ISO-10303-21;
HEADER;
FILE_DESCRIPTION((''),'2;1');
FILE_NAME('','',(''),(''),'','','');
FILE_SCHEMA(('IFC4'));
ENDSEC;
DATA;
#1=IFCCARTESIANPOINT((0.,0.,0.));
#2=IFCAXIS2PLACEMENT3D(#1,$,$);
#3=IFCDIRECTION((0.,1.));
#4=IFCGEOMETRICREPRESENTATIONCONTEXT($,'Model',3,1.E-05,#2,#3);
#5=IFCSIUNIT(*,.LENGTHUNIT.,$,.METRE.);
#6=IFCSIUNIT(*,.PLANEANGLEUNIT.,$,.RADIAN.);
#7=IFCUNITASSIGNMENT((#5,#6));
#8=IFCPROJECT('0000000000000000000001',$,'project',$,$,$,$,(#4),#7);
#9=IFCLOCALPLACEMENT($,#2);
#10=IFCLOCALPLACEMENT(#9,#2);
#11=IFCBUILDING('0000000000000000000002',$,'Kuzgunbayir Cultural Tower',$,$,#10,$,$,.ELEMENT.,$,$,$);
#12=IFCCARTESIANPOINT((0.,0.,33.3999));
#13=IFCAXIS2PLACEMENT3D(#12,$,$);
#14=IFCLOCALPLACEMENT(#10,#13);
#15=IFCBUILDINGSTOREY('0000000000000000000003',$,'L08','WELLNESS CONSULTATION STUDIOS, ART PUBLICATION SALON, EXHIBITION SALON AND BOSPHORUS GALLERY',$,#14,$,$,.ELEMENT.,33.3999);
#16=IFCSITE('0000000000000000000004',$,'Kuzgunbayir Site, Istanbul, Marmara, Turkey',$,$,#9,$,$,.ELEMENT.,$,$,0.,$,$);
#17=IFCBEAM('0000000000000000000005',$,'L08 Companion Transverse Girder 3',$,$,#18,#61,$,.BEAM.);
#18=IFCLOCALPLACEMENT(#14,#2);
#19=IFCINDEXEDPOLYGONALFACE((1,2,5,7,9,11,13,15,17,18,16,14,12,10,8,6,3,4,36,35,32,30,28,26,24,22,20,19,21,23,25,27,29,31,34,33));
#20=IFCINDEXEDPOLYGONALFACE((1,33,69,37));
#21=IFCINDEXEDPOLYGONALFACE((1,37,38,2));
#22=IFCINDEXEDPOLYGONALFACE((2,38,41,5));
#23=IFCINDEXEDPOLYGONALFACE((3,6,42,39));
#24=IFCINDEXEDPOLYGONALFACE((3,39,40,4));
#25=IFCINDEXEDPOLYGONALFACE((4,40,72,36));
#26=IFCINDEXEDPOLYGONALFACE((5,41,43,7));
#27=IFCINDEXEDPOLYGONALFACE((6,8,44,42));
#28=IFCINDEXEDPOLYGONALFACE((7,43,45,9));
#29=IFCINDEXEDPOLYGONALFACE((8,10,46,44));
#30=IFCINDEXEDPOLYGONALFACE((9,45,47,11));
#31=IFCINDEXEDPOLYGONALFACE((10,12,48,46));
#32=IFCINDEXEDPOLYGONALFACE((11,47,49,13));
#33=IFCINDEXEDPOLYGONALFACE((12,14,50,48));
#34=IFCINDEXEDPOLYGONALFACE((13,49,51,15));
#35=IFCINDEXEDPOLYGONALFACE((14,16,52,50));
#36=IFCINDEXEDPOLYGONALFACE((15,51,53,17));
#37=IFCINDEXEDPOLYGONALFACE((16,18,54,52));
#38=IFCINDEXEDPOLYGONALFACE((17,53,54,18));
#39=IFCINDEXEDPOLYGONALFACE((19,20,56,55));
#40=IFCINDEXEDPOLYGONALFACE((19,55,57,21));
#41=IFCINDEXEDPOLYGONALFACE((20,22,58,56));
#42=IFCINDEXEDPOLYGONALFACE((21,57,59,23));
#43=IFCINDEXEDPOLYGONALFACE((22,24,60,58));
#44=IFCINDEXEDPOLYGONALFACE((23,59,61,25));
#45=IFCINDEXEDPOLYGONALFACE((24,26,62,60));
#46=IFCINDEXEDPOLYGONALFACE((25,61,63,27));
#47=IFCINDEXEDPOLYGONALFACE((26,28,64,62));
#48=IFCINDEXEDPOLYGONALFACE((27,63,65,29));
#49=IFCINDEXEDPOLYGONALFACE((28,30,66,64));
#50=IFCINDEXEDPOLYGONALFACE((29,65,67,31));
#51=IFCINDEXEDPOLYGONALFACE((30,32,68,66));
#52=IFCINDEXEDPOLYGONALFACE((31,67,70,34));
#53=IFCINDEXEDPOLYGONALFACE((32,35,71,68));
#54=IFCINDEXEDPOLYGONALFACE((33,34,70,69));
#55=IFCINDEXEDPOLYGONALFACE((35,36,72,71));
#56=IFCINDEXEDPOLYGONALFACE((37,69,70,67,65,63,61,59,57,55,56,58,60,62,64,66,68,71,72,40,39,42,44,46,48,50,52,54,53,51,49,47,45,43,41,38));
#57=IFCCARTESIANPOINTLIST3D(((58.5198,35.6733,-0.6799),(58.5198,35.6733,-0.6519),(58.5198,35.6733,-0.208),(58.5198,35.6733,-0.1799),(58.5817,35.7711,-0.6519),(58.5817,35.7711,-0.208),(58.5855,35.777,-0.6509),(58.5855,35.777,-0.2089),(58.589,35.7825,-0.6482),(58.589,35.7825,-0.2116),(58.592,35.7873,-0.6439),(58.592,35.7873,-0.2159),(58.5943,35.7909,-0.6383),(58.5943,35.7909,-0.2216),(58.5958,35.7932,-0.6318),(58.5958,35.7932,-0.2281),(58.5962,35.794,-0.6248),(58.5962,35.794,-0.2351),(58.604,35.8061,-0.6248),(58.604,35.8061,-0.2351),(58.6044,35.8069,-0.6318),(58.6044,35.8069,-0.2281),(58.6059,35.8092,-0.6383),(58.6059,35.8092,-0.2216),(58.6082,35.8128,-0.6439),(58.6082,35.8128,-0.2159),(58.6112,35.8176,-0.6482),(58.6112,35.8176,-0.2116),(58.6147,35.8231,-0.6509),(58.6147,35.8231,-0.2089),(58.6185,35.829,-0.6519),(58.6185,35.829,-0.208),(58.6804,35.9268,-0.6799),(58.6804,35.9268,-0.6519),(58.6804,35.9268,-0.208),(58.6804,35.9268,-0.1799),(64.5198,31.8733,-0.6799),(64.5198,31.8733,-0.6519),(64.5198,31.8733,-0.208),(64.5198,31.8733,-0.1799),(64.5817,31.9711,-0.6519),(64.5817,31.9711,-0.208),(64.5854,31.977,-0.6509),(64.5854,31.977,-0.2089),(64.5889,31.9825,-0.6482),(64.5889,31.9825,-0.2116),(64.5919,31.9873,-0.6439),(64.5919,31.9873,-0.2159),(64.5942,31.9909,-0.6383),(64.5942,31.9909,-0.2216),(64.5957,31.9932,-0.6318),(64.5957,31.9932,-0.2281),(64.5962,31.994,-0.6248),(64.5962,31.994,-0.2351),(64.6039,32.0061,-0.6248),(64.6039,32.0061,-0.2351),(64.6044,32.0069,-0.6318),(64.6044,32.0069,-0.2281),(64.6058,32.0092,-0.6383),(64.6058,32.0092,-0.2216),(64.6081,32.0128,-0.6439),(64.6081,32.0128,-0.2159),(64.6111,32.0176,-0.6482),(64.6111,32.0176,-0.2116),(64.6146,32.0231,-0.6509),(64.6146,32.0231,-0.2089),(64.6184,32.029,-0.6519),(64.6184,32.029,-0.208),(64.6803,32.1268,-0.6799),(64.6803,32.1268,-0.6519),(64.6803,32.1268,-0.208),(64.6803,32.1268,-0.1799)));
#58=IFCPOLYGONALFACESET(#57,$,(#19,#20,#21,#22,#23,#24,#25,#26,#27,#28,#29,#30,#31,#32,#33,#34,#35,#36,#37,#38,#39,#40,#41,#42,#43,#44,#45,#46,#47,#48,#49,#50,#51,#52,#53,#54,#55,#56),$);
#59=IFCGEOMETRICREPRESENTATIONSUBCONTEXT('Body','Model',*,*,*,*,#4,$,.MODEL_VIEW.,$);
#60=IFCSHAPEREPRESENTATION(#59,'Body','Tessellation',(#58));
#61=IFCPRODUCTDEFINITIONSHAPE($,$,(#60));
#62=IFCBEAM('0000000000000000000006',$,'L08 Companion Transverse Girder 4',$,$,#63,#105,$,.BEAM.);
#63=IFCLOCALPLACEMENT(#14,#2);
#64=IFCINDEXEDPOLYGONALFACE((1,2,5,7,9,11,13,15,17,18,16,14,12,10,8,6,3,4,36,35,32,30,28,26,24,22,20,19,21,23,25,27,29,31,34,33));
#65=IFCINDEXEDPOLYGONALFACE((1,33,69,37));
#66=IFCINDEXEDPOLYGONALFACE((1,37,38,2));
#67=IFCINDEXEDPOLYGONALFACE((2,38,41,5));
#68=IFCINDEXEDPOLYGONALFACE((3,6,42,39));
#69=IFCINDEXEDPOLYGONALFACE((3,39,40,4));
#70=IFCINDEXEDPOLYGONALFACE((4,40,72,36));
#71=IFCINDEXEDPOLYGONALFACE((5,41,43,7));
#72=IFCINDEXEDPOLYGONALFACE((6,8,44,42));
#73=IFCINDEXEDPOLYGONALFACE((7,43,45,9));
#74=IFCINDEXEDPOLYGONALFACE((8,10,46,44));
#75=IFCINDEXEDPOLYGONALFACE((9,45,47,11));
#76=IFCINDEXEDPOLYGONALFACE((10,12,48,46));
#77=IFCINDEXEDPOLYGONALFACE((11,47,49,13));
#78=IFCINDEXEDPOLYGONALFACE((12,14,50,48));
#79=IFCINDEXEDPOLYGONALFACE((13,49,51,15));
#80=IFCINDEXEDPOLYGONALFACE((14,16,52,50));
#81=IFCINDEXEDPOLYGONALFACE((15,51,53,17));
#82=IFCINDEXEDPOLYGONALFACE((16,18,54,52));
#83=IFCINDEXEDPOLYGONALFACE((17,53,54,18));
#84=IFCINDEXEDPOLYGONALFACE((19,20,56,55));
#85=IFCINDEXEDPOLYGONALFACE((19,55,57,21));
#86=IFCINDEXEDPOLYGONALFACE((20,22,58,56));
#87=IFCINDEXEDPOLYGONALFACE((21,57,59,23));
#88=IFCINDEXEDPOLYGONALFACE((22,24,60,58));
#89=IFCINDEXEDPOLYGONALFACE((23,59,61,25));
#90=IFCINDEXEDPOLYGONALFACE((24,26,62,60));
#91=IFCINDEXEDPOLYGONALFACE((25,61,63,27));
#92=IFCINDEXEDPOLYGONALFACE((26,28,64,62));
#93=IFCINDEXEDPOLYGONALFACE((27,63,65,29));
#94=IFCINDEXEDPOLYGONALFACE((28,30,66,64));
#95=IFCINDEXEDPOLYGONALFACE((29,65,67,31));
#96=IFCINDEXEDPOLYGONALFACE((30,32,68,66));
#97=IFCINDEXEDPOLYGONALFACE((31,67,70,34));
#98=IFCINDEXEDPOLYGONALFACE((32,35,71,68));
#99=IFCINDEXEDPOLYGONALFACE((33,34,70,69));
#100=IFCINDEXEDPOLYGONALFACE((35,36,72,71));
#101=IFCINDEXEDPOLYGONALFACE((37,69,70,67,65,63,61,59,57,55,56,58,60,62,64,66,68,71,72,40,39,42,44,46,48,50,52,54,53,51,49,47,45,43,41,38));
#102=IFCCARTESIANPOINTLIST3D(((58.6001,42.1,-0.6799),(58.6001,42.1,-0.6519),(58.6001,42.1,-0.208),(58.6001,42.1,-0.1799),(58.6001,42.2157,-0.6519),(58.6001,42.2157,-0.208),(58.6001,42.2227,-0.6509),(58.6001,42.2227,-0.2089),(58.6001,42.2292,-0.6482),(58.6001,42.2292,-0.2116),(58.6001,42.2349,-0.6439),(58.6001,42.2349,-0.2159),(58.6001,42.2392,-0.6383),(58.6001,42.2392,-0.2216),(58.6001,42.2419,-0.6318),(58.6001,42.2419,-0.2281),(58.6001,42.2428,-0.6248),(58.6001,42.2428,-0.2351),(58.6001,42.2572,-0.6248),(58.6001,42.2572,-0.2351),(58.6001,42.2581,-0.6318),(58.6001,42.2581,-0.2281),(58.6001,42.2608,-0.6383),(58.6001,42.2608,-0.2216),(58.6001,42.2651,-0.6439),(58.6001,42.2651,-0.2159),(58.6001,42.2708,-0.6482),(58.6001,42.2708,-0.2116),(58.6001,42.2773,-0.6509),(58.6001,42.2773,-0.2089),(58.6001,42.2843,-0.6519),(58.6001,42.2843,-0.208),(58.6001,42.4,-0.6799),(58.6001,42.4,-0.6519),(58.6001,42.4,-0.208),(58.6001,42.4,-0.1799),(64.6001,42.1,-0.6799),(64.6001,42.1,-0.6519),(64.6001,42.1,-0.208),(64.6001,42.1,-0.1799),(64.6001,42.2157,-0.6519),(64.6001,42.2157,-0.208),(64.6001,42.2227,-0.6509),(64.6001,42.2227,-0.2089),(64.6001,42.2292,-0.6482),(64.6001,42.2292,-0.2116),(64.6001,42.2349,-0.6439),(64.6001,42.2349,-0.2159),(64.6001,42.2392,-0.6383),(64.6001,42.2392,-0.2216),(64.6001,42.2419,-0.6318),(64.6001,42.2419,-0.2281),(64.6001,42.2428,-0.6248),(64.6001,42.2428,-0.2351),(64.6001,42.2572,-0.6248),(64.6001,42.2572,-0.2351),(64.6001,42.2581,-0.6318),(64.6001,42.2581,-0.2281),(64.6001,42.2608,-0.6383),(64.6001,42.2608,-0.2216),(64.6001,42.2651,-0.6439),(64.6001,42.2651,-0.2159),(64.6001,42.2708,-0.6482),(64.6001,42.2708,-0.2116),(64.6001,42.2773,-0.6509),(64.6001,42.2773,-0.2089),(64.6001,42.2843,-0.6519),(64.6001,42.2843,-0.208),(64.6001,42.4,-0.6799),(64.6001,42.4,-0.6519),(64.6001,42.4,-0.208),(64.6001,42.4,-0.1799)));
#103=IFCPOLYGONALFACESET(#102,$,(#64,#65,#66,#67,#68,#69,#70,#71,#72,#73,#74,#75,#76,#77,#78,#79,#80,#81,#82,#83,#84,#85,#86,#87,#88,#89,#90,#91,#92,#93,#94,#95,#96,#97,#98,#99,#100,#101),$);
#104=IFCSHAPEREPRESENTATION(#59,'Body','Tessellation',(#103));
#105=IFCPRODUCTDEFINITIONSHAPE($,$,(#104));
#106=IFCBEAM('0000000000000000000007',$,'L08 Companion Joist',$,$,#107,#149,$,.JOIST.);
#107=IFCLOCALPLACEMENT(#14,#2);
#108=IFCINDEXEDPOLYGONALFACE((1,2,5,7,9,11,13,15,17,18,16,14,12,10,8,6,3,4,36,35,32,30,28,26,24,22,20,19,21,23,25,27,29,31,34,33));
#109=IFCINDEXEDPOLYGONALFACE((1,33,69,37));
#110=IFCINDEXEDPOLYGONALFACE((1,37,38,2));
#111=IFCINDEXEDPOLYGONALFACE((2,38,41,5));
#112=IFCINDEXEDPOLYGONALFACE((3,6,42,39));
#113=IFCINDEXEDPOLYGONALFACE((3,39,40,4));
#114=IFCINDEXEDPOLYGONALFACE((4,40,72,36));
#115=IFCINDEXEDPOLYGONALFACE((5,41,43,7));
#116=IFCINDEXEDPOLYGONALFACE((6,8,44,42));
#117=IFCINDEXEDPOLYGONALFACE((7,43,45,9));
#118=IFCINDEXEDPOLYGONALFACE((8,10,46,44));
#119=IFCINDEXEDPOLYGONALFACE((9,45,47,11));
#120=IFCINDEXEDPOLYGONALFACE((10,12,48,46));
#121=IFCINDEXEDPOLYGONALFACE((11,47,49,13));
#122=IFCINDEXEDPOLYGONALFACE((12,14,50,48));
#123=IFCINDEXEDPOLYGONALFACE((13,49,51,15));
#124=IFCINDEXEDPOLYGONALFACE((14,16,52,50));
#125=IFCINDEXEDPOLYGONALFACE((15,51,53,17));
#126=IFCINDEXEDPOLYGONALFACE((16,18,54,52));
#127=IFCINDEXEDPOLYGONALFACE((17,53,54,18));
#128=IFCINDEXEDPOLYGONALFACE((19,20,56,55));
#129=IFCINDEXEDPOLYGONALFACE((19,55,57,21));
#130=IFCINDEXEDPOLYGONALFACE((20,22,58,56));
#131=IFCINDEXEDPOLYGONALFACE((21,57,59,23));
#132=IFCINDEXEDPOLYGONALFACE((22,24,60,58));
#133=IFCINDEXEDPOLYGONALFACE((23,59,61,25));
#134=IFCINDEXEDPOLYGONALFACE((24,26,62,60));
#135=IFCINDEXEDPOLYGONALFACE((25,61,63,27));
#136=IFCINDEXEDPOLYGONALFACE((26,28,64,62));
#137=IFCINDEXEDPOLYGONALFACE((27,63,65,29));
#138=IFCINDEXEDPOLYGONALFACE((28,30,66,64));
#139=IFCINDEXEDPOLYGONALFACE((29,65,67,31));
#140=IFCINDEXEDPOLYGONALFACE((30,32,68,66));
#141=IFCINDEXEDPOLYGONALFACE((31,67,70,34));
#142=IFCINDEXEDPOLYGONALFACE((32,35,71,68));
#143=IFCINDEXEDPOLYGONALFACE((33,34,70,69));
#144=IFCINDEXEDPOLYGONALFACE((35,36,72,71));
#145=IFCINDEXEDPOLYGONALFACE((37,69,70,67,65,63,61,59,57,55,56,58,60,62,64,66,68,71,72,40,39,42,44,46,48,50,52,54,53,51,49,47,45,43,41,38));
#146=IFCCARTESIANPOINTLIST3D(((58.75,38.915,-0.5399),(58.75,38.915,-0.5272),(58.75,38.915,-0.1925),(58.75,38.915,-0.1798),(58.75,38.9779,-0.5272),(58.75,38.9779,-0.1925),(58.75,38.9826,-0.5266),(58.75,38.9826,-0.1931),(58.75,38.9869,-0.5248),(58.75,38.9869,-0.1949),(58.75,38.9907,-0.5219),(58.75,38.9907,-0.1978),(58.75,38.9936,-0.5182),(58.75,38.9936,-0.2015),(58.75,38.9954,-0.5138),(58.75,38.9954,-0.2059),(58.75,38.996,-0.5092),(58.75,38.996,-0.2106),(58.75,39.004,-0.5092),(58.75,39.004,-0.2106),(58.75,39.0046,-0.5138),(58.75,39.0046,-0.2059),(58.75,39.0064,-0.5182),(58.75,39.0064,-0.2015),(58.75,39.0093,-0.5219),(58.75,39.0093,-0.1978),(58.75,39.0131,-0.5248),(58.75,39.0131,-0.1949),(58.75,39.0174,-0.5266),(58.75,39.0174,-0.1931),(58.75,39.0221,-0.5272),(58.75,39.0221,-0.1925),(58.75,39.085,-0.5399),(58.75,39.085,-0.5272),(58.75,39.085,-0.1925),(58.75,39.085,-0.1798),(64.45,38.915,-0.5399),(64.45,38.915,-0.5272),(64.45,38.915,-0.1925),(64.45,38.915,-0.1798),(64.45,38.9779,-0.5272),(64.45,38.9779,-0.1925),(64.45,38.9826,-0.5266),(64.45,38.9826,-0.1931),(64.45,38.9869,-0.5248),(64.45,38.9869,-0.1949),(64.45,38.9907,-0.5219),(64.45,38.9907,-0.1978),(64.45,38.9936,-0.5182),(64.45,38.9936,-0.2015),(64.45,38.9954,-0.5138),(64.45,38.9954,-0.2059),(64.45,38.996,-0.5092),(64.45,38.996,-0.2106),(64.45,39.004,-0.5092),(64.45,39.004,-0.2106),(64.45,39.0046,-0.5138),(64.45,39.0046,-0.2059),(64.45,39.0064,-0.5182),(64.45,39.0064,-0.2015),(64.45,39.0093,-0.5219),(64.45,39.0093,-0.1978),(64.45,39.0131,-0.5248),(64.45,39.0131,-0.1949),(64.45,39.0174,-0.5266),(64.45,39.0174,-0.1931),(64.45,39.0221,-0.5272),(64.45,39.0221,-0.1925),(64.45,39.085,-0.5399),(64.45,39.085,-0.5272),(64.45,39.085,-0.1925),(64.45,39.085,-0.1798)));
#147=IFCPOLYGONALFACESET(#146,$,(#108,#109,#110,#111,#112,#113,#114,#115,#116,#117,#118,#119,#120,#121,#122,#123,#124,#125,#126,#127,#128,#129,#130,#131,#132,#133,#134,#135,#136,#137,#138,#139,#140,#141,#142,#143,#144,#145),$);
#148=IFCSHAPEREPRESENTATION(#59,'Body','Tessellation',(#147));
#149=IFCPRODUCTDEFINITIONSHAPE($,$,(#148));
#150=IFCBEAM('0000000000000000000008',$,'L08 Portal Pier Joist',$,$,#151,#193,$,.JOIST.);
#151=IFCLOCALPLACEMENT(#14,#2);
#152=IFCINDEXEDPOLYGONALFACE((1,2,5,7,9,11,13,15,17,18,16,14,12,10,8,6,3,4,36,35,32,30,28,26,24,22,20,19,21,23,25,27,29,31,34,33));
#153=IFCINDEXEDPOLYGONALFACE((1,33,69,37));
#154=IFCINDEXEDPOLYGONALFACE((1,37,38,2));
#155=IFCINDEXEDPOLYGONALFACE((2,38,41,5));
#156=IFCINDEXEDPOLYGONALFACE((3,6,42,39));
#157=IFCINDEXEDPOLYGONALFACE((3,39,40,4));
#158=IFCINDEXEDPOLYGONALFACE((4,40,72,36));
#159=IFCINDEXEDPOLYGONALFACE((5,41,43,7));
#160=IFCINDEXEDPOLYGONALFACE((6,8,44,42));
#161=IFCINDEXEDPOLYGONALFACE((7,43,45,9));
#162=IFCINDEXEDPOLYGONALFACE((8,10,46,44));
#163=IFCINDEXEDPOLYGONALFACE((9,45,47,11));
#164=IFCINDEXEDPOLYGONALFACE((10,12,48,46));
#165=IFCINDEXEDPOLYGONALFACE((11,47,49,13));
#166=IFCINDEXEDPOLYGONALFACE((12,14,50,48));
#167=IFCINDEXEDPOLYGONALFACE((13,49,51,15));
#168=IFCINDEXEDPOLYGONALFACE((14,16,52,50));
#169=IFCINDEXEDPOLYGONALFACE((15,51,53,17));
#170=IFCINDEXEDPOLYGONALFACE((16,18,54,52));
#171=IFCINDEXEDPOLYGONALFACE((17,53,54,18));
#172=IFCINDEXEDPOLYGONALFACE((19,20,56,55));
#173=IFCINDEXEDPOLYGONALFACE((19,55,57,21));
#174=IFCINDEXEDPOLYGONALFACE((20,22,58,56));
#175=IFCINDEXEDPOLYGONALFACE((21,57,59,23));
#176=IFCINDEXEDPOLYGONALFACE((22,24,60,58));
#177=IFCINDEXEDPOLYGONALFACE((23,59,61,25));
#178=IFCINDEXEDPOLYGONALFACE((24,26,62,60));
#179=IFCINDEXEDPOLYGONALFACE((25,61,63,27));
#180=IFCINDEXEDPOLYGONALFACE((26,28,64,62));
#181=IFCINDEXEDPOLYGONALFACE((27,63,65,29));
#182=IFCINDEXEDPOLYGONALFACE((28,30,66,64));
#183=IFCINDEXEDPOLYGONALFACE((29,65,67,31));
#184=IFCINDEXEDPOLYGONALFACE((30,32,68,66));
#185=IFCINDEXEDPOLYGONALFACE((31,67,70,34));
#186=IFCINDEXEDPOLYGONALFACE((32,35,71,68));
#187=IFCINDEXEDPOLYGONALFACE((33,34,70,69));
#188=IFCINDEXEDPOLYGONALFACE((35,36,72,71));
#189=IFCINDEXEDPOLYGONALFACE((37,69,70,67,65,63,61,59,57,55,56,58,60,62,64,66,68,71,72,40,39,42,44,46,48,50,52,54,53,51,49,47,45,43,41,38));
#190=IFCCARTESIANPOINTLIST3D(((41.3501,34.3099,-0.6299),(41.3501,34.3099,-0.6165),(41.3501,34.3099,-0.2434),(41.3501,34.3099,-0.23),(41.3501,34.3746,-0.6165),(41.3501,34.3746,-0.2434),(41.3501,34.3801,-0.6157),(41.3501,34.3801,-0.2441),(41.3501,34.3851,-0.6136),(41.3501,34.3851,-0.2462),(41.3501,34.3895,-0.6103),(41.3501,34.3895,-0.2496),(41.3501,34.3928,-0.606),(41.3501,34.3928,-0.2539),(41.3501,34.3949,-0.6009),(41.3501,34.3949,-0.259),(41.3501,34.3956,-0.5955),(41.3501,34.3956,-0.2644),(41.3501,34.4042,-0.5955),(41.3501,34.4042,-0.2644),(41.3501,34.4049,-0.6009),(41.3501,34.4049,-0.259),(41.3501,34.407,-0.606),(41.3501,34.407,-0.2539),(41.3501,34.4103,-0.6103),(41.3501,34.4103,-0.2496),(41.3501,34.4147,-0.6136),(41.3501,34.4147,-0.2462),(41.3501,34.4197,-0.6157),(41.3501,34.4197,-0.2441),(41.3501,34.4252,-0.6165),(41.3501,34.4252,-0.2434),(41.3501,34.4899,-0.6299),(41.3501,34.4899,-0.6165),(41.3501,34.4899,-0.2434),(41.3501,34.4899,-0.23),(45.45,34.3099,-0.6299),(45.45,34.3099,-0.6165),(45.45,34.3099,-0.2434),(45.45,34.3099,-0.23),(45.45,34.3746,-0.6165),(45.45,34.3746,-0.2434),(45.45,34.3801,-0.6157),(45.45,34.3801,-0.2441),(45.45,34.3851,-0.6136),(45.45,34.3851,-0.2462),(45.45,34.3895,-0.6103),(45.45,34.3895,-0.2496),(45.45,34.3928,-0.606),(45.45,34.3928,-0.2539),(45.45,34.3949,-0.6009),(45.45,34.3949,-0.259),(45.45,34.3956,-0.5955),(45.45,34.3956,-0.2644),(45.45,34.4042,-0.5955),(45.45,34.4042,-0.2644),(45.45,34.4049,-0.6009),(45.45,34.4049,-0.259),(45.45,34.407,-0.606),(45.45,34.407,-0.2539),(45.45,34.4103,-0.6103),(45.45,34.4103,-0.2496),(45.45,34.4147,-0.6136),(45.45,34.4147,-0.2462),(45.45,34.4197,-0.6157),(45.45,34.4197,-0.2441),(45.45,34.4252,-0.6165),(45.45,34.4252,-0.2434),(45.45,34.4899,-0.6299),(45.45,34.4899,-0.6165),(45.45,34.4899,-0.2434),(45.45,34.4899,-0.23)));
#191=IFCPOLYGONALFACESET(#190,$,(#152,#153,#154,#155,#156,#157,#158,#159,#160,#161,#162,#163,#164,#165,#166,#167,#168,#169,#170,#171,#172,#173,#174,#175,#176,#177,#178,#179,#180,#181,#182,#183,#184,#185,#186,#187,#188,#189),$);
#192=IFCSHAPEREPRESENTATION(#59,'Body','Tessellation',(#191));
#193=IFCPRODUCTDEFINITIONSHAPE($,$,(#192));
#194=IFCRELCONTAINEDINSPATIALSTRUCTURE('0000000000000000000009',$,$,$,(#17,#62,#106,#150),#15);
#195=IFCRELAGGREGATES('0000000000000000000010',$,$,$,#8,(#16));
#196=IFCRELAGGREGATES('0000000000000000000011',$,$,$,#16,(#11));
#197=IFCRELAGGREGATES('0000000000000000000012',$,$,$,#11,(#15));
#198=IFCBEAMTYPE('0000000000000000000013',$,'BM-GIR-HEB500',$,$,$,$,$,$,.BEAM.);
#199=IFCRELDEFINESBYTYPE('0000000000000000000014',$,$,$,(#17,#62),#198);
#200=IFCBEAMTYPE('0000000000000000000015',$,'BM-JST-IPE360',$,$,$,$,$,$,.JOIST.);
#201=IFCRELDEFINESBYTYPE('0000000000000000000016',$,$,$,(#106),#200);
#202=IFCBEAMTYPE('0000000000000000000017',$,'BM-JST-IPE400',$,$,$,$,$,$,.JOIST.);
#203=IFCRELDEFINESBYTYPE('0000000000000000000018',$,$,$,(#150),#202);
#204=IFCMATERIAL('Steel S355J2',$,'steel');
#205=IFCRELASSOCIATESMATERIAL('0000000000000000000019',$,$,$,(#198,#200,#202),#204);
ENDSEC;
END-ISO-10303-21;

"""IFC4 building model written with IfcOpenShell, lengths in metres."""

from ifc_helpers import new_model, si_unit, direction, frame, origin, origin_2d, place, context, subcontext, project, spatial, i_section, extrude, material, material_profile, profile_set, type_object, element, save


model = new_model("IFC4")

# Units and contexts
model_context = context("Model", 3, precision=1e-05, world=origin(), true_north=direction((0.0, 1.0)))
body_context = subcontext(model_context, "Body", "Model", "MODEL_VIEW")
ifc_project = project(units=[si_unit("LENGTHUNIT", "METRE"), si_unit("PLANEANGLEUNIT", "RADIAN")], contexts=[model_context])

# Site, building, storey
site_placement = place(None, origin())
site = spatial("IfcSite", under=ifc_project, at=site_placement, Name="Kuzgunbayir Site, Istanbul, Marmara, Turkey", CompositionType="ELEMENT", RefElevation=0.0)
building_placement = place(site_placement, origin())
building = spatial("IfcBuilding", under=site, at=building_placement, Name="Kuzgunbayir Cultural Tower", CompositionType="ELEMENT")
storey_placement = place(building_placement, frame((0.0, 0.0, 33.3999)))
storey = spatial("IfcBuildingStorey", under=building, at=storey_placement, Name="L08", Description="WELLNESS CONSULTATION STUDIOS, ART PUBLICATION SALON, EXHIBITION SALON AND BOSPHORUS GALLERY", CompositionType="ELEMENT", Elevation=33.3999)

# Beams
ifc_material_1 = material(Name="Steel S355J2", Category="steel")
ifc_material_profile_1 = material_profile(ifc_material_1, i_section(OverallWidth=0.3, OverallDepth=0.5, WebThickness=0.0144, FlangeThickness=0.0281, FilletRadius=0.0271, at=origin_2d()), Name="HEB 500")
ifc_profile_set_1 = profile_set([ifc_material_profile_1], Name="Steel S355J2")
beam_type_1 = type_object("IfcBeamType", Name="BM-GIR-HEB500", PredefinedType="BEAM", material=ifc_profile_set_1)
beam_1_placement = place(storey_placement, frame((58.6001, 35.8, -0.4299), z_axis=(0.844816, -0.535057, 0.0), x_axis=(0.535057, 0.844816, 0.0)))
element("IfcBeam", 1, at=beam_1_placement, inside=storey, type_object=beam_type_1, Name="L08 Companion Transverse Girder 3", PredefinedType="BEAM", context=body_context, shape_type="SweptSolid", body=[
    extrude(i_section(OverallWidth=0.3, OverallDepth=0.5, WebThickness=0.0144, FlangeThickness=0.0281, FilletRadius=0.0271, at=origin_2d()), origin(), (0.0, 0.0, 1.0), 7.1021),
])
beam_2_placement = place(storey_placement, frame((58.6001, 42.25, -0.4299), z_axis=(1.0, 0.0, 0.0), x_axis=(0.0, 1.0, 0.0)))
element("IfcBeam", 2, at=beam_2_placement, inside=storey, type_object=beam_type_1, Name="L08 Companion Transverse Girder 4", PredefinedType="BEAM", context=body_context, shape_type="SweptSolid", body=[
    extrude(i_section(OverallWidth=0.3, OverallDepth=0.5, WebThickness=0.0144, FlangeThickness=0.0281, FilletRadius=0.0271, at=origin_2d()), origin(), (0.0, 0.0, 1.0), 6.0),
])
ifc_material_profile_2 = material_profile(ifc_material_1, i_section(OverallWidth=0.1699, OverallDepth=0.3601, WebThickness=0.0081, FlangeThickness=0.0127, FilletRadius=0.0181, at=origin_2d()), Name="IPE 360")
ifc_profile_set_2 = profile_set([ifc_material_profile_2], Name="Steel S355J2")
beam_type_2 = type_object("IfcBeamType", Name="BM-JST-IPE360", PredefinedType="JOIST", material=ifc_profile_set_2)
beam_3_placement = place(storey_placement, frame((58.75, 39.0, -0.3599), z_axis=(1.0, 0.0, 0.0), x_axis=(0.0, 1.0, 0.0)))
element("IfcBeam", 3, at=beam_3_placement, inside=storey, type_object=beam_type_2, Name="L08 Companion Joist", PredefinedType="JOIST", context=body_context, shape_type="SweptSolid", body=[
    extrude(i_section(OverallWidth=0.1699, OverallDepth=0.3601, WebThickness=0.0081, FlangeThickness=0.0127, FilletRadius=0.0181, at=origin_2d()), origin(), (0.0, 0.0, 1.0), 5.7),
])
ifc_material_profile_3 = material_profile(ifc_material_1, i_section(OverallWidth=0.1799, OverallDepth=0.3999, WebThickness=0.0085, FlangeThickness=0.0134, FilletRadius=0.021, at=origin_2d()), Name="IPE 400")
ifc_profile_set_3 = profile_set([ifc_material_profile_3], Name="Steel S355J2")
beam_type_3 = type_object("IfcBeamType", Name="BM-JST-IPE400", PredefinedType="JOIST", material=ifc_profile_set_3)
beam_4_placement = place(storey_placement, frame((41.3501, 34.3999, -0.4299), z_axis=(1.0, 0.0, 0.0), x_axis=(0.0, 1.0, 0.0)))
element("IfcBeam", 4, at=beam_4_placement, inside=storey, type_object=beam_type_3, Name="L08 Portal Pier Joist", PredefinedType="JOIST", context=body_context, shape_type="SweptSolid", body=[
    extrude(i_section(OverallWidth=0.1799, OverallDepth=0.3999, WebThickness=0.0085, FlangeThickness=0.0134, FilletRadius=0.021, at=origin_2d()), origin(), (0.0, 0.0, 1.0), 4.0999),
])

save(model, "model.ifc")
